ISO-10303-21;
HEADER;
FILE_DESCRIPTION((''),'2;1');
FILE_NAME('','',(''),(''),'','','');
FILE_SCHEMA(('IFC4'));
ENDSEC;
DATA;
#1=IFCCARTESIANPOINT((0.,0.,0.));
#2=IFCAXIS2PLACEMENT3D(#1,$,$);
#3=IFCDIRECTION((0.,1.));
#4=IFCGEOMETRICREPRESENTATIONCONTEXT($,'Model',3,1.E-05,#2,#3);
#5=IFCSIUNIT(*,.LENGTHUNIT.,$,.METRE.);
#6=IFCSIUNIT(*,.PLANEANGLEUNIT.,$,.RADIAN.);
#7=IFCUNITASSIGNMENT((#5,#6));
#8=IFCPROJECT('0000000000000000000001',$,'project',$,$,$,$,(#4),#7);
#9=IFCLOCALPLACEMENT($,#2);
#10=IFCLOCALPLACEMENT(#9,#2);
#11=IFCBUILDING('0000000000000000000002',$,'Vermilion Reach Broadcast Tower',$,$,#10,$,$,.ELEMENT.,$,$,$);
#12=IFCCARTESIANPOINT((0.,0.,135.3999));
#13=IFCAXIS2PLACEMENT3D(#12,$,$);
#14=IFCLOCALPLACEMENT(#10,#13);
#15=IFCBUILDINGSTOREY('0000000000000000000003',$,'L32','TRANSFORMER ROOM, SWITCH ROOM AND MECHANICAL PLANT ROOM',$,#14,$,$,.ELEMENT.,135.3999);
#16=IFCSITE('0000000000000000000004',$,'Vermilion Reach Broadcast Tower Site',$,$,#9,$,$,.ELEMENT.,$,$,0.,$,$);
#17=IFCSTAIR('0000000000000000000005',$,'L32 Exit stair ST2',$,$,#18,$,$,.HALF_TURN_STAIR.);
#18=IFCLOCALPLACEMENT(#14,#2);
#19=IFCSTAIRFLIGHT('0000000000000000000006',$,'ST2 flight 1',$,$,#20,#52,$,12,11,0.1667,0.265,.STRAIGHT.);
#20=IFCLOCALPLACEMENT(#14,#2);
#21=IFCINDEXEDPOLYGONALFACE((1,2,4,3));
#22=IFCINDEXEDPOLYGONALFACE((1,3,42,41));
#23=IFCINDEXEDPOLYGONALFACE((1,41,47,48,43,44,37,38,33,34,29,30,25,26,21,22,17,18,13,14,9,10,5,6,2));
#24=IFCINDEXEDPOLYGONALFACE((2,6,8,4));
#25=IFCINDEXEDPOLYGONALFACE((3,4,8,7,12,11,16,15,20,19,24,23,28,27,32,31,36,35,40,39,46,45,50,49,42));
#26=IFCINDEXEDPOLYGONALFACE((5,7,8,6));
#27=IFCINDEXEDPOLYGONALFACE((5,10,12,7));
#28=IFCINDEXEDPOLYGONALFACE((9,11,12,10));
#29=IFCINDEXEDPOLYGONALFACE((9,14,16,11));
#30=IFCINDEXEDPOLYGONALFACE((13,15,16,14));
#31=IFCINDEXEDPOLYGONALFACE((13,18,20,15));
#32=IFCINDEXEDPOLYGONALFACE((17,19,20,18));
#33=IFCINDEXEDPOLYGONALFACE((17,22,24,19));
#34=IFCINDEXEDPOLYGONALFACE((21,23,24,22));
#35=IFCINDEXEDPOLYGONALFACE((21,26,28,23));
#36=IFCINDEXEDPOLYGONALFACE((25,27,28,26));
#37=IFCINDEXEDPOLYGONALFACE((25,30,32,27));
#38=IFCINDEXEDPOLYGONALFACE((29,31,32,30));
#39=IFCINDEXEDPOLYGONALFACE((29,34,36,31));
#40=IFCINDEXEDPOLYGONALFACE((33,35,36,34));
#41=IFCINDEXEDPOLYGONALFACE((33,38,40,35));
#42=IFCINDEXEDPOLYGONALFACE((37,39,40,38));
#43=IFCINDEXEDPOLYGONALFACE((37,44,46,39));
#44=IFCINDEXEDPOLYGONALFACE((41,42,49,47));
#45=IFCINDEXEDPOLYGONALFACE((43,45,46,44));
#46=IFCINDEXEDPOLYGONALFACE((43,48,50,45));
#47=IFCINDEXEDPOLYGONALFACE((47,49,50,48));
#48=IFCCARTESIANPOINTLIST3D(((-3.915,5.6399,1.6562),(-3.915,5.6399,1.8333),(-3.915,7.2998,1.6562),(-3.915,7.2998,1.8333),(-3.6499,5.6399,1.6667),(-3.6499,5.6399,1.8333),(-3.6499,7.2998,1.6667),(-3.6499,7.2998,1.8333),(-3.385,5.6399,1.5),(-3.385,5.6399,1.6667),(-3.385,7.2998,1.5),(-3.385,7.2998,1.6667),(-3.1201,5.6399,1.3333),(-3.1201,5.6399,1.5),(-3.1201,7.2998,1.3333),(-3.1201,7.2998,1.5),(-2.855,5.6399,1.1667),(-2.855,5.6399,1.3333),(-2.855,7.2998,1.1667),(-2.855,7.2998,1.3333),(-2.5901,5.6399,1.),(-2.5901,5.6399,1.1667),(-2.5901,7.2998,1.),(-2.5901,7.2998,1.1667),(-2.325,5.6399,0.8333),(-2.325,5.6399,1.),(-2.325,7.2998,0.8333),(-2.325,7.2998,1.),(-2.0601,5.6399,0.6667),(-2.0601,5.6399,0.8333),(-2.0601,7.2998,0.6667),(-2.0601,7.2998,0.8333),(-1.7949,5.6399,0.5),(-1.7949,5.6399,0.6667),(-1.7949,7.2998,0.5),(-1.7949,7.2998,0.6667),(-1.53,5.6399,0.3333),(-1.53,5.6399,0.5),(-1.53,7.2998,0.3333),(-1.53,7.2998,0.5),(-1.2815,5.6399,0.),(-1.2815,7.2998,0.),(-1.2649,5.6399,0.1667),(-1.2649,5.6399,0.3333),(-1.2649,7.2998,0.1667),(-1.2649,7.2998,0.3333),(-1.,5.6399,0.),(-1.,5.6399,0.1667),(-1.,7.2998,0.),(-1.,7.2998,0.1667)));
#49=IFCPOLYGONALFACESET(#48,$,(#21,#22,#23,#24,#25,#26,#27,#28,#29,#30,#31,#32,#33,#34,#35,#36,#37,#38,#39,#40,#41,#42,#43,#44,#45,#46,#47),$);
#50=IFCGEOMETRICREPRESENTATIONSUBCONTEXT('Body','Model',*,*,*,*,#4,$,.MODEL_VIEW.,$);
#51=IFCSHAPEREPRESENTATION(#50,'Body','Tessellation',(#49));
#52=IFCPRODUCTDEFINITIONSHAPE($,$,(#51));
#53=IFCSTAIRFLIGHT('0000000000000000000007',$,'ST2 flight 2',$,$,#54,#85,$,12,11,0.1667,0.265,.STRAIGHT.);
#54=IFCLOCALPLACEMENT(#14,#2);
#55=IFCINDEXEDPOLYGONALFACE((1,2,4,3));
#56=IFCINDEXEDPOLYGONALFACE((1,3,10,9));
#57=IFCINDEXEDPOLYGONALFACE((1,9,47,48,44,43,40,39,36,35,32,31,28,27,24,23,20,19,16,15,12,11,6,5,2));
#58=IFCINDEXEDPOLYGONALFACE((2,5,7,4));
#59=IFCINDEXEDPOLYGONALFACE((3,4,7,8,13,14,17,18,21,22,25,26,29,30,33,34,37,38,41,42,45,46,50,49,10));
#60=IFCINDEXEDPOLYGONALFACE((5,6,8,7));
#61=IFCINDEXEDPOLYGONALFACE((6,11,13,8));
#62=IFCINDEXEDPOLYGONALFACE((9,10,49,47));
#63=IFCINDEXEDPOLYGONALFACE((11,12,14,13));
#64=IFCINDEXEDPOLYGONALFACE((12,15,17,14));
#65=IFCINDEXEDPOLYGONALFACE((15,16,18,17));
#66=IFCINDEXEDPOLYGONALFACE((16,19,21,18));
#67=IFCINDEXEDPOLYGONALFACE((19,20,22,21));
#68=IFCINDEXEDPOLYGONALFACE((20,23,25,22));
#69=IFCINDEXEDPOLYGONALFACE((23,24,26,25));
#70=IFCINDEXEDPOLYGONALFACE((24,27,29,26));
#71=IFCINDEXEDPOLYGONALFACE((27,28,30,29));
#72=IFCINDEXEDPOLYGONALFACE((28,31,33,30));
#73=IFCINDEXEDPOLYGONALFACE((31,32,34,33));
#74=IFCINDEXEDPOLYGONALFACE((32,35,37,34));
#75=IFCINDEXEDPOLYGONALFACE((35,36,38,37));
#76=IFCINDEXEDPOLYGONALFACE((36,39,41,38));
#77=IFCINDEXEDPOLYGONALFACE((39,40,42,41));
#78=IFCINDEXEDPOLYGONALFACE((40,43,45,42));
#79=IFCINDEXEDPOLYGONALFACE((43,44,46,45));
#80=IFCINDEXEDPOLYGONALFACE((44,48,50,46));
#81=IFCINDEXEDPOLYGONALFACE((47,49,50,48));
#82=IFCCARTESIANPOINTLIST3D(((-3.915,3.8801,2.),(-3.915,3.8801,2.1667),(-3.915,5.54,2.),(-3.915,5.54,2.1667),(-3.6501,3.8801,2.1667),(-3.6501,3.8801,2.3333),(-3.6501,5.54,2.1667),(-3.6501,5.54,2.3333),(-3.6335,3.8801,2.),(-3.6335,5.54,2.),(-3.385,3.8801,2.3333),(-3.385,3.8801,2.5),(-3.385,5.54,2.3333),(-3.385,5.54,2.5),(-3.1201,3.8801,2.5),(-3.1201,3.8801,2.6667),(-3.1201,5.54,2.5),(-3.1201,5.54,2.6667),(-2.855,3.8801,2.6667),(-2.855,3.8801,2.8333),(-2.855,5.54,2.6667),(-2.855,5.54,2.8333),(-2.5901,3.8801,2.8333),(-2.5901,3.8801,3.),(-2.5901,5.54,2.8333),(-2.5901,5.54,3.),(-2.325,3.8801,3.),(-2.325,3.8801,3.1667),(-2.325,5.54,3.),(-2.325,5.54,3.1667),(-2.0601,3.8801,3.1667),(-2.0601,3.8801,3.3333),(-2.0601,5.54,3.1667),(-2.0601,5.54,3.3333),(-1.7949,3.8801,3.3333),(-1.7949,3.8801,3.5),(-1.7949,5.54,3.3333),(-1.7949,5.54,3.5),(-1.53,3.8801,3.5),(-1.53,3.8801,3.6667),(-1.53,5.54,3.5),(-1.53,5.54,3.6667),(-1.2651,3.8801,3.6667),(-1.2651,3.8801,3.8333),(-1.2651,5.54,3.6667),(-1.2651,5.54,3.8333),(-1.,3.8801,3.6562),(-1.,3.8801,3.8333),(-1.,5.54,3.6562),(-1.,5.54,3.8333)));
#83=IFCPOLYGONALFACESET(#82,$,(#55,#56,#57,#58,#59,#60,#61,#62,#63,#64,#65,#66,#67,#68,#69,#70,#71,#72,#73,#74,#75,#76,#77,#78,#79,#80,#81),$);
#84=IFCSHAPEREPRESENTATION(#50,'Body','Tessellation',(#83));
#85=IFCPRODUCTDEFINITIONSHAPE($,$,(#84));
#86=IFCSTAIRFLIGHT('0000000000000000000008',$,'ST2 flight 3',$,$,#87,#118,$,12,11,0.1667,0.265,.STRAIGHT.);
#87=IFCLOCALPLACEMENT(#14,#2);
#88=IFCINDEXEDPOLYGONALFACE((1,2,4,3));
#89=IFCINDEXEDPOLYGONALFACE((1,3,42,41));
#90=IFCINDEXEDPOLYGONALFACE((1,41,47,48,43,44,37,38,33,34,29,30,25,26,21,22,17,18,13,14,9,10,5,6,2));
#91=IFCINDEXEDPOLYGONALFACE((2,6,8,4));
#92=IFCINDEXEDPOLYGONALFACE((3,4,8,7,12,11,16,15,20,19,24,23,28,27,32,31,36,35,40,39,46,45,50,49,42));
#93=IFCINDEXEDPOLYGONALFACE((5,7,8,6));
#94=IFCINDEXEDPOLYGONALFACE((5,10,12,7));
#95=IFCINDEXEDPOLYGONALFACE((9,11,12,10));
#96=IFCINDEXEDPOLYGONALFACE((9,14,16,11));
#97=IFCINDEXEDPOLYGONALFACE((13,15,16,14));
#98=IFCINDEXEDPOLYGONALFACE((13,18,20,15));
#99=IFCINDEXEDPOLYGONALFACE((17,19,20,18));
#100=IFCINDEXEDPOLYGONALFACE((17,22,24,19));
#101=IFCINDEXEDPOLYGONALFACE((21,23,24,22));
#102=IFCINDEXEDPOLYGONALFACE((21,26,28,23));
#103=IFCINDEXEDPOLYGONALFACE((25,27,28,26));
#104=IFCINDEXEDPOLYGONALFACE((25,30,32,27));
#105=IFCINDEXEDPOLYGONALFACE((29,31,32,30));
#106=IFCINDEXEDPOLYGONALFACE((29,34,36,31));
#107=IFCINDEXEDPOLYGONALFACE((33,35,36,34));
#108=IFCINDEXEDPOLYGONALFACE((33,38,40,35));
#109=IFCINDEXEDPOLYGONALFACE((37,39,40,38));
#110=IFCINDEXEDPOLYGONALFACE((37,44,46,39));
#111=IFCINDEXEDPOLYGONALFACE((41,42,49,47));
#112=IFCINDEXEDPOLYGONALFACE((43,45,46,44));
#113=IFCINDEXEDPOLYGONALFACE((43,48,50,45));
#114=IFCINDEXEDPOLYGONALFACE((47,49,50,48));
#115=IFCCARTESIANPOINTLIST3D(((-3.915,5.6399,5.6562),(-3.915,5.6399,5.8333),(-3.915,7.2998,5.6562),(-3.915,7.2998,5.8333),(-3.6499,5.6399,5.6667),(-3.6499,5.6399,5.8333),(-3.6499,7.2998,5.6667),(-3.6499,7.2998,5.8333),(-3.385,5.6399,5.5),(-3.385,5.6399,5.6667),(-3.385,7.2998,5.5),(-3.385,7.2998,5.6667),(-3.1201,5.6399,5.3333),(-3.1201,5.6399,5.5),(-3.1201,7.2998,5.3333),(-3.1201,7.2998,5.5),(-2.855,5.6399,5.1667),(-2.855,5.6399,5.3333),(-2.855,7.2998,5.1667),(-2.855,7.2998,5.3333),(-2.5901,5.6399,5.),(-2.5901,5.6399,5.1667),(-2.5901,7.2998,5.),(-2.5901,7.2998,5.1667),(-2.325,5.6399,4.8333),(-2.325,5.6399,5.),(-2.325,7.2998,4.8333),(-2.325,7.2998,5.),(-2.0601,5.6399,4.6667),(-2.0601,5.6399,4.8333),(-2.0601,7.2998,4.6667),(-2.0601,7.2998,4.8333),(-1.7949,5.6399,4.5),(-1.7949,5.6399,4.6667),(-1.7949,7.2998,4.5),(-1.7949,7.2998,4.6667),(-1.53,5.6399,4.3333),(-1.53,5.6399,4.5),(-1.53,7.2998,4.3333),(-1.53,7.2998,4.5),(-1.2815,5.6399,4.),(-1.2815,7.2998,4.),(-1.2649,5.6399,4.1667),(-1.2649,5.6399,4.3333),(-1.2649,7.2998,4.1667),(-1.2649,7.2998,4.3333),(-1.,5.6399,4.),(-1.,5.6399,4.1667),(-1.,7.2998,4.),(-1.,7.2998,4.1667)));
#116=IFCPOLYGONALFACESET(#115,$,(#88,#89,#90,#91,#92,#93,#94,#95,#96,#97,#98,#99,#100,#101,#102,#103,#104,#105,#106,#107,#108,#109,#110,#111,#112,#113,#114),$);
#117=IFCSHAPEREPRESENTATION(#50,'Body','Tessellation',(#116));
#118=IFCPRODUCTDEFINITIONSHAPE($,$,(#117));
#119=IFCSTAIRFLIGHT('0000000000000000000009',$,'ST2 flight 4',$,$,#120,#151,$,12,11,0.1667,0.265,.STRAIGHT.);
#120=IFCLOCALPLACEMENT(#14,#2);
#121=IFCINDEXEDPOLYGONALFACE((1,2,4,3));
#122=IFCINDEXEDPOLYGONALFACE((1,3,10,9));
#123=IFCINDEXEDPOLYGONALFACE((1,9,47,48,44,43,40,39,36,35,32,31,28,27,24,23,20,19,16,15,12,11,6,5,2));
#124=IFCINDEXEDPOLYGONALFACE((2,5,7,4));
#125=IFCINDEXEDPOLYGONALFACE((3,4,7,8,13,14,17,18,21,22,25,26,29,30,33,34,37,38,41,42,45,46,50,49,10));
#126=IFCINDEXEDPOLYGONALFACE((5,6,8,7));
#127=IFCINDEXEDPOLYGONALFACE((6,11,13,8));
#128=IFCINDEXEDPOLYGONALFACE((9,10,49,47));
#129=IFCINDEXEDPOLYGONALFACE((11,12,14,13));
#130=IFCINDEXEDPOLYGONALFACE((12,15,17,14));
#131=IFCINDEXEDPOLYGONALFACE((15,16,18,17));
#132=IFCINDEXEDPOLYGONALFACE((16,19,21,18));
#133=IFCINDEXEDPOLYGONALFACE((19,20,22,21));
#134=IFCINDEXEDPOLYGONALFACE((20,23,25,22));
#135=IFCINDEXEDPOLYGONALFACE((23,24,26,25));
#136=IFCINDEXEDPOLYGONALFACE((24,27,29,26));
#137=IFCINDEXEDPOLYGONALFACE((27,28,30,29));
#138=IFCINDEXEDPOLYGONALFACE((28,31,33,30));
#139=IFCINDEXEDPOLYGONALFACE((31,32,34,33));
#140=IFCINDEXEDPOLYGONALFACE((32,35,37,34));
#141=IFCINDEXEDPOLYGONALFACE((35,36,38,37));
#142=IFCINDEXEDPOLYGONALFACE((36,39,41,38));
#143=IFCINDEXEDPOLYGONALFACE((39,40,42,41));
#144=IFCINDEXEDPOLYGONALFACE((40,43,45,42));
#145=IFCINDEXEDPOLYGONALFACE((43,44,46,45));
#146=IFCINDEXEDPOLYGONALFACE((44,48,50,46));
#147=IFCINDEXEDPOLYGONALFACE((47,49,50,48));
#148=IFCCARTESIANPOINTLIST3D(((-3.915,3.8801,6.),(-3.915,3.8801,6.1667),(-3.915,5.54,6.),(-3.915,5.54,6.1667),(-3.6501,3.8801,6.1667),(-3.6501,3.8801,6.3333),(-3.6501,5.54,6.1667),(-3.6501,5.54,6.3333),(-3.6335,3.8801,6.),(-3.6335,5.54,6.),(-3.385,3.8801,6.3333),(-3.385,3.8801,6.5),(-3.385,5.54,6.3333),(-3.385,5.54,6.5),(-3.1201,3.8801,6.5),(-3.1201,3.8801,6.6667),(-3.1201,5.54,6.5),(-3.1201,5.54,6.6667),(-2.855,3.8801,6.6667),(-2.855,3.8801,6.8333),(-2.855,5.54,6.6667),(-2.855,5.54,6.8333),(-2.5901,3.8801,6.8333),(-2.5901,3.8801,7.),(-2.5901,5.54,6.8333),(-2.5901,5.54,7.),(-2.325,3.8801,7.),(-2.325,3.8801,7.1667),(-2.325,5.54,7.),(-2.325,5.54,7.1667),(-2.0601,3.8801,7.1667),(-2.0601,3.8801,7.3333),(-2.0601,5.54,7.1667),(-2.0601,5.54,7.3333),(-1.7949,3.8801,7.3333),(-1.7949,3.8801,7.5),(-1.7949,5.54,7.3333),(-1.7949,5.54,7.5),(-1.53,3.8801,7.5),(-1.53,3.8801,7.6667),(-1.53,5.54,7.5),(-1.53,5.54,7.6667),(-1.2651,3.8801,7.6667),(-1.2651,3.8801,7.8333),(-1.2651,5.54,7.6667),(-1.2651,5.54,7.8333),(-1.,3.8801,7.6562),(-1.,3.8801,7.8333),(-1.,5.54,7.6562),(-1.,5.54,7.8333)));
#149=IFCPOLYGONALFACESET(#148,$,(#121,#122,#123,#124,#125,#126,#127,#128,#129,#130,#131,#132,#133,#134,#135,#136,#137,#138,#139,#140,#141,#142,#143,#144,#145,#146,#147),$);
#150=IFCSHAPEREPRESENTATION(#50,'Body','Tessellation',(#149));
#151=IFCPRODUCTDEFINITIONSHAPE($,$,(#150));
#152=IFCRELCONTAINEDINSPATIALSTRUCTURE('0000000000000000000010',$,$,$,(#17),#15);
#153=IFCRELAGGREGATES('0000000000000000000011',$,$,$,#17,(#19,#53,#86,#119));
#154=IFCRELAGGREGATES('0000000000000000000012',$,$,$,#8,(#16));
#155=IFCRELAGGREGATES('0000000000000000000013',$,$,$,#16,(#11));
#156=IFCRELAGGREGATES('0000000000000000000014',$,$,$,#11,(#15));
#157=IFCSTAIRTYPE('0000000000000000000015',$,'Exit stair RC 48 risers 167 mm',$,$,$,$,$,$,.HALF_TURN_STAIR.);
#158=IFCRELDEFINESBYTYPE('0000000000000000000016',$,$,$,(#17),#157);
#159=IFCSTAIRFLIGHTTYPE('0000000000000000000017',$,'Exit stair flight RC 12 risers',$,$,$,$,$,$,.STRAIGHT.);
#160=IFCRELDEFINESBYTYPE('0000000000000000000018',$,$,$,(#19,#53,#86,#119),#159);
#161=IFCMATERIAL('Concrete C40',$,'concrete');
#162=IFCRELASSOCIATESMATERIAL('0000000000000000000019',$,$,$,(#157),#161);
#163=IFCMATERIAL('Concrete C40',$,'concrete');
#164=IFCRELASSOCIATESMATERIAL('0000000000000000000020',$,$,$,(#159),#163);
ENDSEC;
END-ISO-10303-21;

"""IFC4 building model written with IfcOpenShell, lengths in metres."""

from ifc_helpers import new_model, si_unit, direction, frame, origin, place, context, subcontext, project, spatial, polyline, outline, extrude, material, type_object, element, aggregate, save


model = new_model("IFC4")

# Units and contexts
model_context = context("Model", 3, precision=1e-05, world=origin(), true_north=direction((0.0, 1.0)))
body_context = subcontext(model_context, "Body", "Model", "MODEL_VIEW")
ifc_project = project(units=[si_unit("LENGTHUNIT", "METRE"), si_unit("PLANEANGLEUNIT", "RADIAN")], contexts=[model_context])

# Site, building, storey
site_placement = place(None, origin())
site = spatial("IfcSite", under=ifc_project, at=site_placement, Name="Vermilion Reach Broadcast Tower Site", CompositionType="ELEMENT", RefElevation=0.0)
building_placement = place(site_placement, origin())
building = spatial("IfcBuilding", under=site, at=building_placement, Name="Vermilion Reach Broadcast Tower", CompositionType="ELEMENT")
storey_placement = place(building_placement, frame((0.0, 0.0, 135.3999)))
storey = spatial("IfcBuildingStorey", under=building, at=storey_placement, Name="L32", Description="TRANSFORMER ROOM, SWITCH ROOM AND MECHANICAL PLANT ROOM", CompositionType="ELEMENT", Elevation=135.3999)

# Stair
ifc_material_1 = material(Name="Concrete C40", Category="concrete")
stair_type = type_object("IfcStairType", Name="Exit stair RC 48 risers 167 mm", PredefinedType="HALF_TURN_STAIR", material=ifc_material_1)
placement_1 = place(storey_placement, origin())
stair_1 = element("IfcStair", 1, at=placement_1, inside=storey, type_object=stair_type, Name="L32 Exit stair ST2", PredefinedType="HALF_TURN_STAIR")

# Stair flights
ifc_material_2 = material(Name="Concrete C40", Category="concrete")
stair_flight_type = type_object("IfcStairFlightType", Name="Exit stair flight RC 12 risers", PredefinedType="STRAIGHT", material=ifc_material_2)
stair_flight_1_placement = place(storey_placement, frame((-1.0, 6.47, 0.0), z_axis=(0.0, 0.0, 1.0), x_axis=(-1.0, 0.0, 0.0)))
stair_flight_1 = element("IfcStairFlight", 2, at=stair_flight_1_placement, type_object=stair_flight_type, Name="ST2 flight 1", NumberOfRisers=12, NumberOfTreads=11, PredefinedType="STRAIGHT", RiserHeight=0.1667, TreadLength=0.265, context=body_context, shape_type="SweptSolid", body=[
    extrude(outline(polyline([(0.0, 0.0), (0.0, 0.1667), (0.2649, 0.1667), (0.2649, 0.3333), (0.53, 0.3333), (0.53, 0.5), (0.7949, 0.5), (0.7949, 0.6667), (1.0601, 0.6667), (1.0601, 0.8333), (1.325, 0.8333), (1.325, 1.0), (1.5901, 1.0), (1.5901, 1.1667), (1.855, 1.1667), (1.855, 1.3333), (2.1201, 1.3333), (2.1201, 1.5), (2.385, 1.5), (2.385, 1.6667), (2.6499, 1.6667), (2.6499, 1.8333), (2.915, 1.8333), (2.915, 2.0), (2.915, 1.6562), (0.2815, 0.0), (0.0, 0.0)])), frame((0.0, 0.8301, 0.0), z_axis=(0.0, -1.0, 0.0), x_axis=(1.0, 0.0, 0.0)), (0.0, 0.0, 1.0), 1.6599),
])
stair_flight_2_placement = place(storey_placement, frame((-3.915, 4.71, 2.0), z_axis=(0.0, 0.0, 1.0), x_axis=(1.0, 0.0, 0.0)))
stair_flight_2 = element("IfcStairFlight", 3, at=stair_flight_2_placement, type_object=stair_flight_type, Name="ST2 flight 2", NumberOfRisers=12, NumberOfTreads=11, PredefinedType="STRAIGHT", RiserHeight=0.1667, TreadLength=0.265, context=body_context, shape_type="SweptSolid", body=[
    extrude(outline(polyline([(0.0, 0.0), (0.0, 0.1667), (0.2649, 0.1667), (0.2649, 0.3333), (0.53, 0.3333), (0.53, 0.5), (0.7949, 0.5), (0.7949, 0.6667), (1.0601, 0.6667), (1.0601, 0.8333), (1.325, 0.8333), (1.325, 1.0), (1.5901, 1.0), (1.5901, 1.1667), (1.855, 1.1667), (1.855, 1.3333), (2.1201, 1.3333), (2.1201, 1.5), (2.385, 1.5), (2.385, 1.6667), (2.6499, 1.6667), (2.6499, 1.8333), (2.915, 1.8333), (2.915, 2.0), (2.915, 1.6562), (0.2815, 0.0), (0.0, 0.0)])), frame((0.0, 0.8301, 0.0), z_axis=(0.0, -1.0, 0.0), x_axis=(1.0, 0.0, 0.0)), (0.0, 0.0, 1.0), 1.6599),
])
stair_flight_3_placement = place(storey_placement, frame((-1.0, 6.47, 4.0), z_axis=(0.0, 0.0, 1.0), x_axis=(-1.0, 0.0, 0.0)))
stair_flight_3 = element("IfcStairFlight", 4, at=stair_flight_3_placement, type_object=stair_flight_type, Name="ST2 flight 3", NumberOfRisers=12, NumberOfTreads=11, PredefinedType="STRAIGHT", RiserHeight=0.1667, TreadLength=0.265, context=body_context, shape_type="SweptSolid", body=[
    extrude(outline(polyline([(0.0, 0.0), (0.0, 0.1667), (0.2649, 0.1667), (0.2649, 0.3333), (0.53, 0.3333), (0.53, 0.5), (0.7949, 0.5), (0.7949, 0.6667), (1.0601, 0.6667), (1.0601, 0.8333), (1.325, 0.8333), (1.325, 1.0), (1.5901, 1.0), (1.5901, 1.1667), (1.855, 1.1667), (1.855, 1.3333), (2.1201, 1.3333), (2.1201, 1.5), (2.385, 1.5), (2.385, 1.6667), (2.6499, 1.6667), (2.6499, 1.8333), (2.915, 1.8333), (2.915, 2.0), (2.915, 1.6562), (0.2815, 0.0), (0.0, 0.0)])), frame((0.0, 0.8301, 0.0), z_axis=(0.0, -1.0, 0.0), x_axis=(1.0, 0.0, 0.0)), (0.0, 0.0, 1.0), 1.6599),
])
stair_flight_4_placement = place(storey_placement, frame((-3.915, 4.71, 6.0), z_axis=(0.0, 0.0, 1.0), x_axis=(1.0, 0.0, 0.0)))
stair_flight_4 = element("IfcStairFlight", 5, at=stair_flight_4_placement, type_object=stair_flight_type, Name="ST2 flight 4", NumberOfRisers=12, NumberOfTreads=11, PredefinedType="STRAIGHT", RiserHeight=0.1667, TreadLength=0.265, context=body_context, shape_type="SweptSolid", body=[
    extrude(outline(polyline([(0.0, 0.0), (0.0, 0.1667), (0.2649, 0.1667), (0.2649, 0.3333), (0.53, 0.3333), (0.53, 0.5), (0.7949, 0.5), (0.7949, 0.6667), (1.0601, 0.6667), (1.0601, 0.8333), (1.325, 0.8333), (1.325, 1.0), (1.5901, 1.0), (1.5901, 1.1667), (1.855, 1.1667), (1.855, 1.3333), (2.1201, 1.3333), (2.1201, 1.5), (2.385, 1.5), (2.385, 1.6667), (2.6499, 1.6667), (2.6499, 1.8333), (2.915, 1.8333), (2.915, 2.0), (2.915, 1.6562), (0.2815, 0.0), (0.0, 0.0)])), frame((0.0, 0.8301, 0.0), z_axis=(0.0, -1.0, 0.0), x_axis=(1.0, 0.0, 0.0)), (0.0, 0.0, 1.0), 1.6599),
])
aggregate(stair_1, [stair_flight_1, stair_flight_2, stair_flight_3, stair_flight_4])

save(model, "model.ifc")
